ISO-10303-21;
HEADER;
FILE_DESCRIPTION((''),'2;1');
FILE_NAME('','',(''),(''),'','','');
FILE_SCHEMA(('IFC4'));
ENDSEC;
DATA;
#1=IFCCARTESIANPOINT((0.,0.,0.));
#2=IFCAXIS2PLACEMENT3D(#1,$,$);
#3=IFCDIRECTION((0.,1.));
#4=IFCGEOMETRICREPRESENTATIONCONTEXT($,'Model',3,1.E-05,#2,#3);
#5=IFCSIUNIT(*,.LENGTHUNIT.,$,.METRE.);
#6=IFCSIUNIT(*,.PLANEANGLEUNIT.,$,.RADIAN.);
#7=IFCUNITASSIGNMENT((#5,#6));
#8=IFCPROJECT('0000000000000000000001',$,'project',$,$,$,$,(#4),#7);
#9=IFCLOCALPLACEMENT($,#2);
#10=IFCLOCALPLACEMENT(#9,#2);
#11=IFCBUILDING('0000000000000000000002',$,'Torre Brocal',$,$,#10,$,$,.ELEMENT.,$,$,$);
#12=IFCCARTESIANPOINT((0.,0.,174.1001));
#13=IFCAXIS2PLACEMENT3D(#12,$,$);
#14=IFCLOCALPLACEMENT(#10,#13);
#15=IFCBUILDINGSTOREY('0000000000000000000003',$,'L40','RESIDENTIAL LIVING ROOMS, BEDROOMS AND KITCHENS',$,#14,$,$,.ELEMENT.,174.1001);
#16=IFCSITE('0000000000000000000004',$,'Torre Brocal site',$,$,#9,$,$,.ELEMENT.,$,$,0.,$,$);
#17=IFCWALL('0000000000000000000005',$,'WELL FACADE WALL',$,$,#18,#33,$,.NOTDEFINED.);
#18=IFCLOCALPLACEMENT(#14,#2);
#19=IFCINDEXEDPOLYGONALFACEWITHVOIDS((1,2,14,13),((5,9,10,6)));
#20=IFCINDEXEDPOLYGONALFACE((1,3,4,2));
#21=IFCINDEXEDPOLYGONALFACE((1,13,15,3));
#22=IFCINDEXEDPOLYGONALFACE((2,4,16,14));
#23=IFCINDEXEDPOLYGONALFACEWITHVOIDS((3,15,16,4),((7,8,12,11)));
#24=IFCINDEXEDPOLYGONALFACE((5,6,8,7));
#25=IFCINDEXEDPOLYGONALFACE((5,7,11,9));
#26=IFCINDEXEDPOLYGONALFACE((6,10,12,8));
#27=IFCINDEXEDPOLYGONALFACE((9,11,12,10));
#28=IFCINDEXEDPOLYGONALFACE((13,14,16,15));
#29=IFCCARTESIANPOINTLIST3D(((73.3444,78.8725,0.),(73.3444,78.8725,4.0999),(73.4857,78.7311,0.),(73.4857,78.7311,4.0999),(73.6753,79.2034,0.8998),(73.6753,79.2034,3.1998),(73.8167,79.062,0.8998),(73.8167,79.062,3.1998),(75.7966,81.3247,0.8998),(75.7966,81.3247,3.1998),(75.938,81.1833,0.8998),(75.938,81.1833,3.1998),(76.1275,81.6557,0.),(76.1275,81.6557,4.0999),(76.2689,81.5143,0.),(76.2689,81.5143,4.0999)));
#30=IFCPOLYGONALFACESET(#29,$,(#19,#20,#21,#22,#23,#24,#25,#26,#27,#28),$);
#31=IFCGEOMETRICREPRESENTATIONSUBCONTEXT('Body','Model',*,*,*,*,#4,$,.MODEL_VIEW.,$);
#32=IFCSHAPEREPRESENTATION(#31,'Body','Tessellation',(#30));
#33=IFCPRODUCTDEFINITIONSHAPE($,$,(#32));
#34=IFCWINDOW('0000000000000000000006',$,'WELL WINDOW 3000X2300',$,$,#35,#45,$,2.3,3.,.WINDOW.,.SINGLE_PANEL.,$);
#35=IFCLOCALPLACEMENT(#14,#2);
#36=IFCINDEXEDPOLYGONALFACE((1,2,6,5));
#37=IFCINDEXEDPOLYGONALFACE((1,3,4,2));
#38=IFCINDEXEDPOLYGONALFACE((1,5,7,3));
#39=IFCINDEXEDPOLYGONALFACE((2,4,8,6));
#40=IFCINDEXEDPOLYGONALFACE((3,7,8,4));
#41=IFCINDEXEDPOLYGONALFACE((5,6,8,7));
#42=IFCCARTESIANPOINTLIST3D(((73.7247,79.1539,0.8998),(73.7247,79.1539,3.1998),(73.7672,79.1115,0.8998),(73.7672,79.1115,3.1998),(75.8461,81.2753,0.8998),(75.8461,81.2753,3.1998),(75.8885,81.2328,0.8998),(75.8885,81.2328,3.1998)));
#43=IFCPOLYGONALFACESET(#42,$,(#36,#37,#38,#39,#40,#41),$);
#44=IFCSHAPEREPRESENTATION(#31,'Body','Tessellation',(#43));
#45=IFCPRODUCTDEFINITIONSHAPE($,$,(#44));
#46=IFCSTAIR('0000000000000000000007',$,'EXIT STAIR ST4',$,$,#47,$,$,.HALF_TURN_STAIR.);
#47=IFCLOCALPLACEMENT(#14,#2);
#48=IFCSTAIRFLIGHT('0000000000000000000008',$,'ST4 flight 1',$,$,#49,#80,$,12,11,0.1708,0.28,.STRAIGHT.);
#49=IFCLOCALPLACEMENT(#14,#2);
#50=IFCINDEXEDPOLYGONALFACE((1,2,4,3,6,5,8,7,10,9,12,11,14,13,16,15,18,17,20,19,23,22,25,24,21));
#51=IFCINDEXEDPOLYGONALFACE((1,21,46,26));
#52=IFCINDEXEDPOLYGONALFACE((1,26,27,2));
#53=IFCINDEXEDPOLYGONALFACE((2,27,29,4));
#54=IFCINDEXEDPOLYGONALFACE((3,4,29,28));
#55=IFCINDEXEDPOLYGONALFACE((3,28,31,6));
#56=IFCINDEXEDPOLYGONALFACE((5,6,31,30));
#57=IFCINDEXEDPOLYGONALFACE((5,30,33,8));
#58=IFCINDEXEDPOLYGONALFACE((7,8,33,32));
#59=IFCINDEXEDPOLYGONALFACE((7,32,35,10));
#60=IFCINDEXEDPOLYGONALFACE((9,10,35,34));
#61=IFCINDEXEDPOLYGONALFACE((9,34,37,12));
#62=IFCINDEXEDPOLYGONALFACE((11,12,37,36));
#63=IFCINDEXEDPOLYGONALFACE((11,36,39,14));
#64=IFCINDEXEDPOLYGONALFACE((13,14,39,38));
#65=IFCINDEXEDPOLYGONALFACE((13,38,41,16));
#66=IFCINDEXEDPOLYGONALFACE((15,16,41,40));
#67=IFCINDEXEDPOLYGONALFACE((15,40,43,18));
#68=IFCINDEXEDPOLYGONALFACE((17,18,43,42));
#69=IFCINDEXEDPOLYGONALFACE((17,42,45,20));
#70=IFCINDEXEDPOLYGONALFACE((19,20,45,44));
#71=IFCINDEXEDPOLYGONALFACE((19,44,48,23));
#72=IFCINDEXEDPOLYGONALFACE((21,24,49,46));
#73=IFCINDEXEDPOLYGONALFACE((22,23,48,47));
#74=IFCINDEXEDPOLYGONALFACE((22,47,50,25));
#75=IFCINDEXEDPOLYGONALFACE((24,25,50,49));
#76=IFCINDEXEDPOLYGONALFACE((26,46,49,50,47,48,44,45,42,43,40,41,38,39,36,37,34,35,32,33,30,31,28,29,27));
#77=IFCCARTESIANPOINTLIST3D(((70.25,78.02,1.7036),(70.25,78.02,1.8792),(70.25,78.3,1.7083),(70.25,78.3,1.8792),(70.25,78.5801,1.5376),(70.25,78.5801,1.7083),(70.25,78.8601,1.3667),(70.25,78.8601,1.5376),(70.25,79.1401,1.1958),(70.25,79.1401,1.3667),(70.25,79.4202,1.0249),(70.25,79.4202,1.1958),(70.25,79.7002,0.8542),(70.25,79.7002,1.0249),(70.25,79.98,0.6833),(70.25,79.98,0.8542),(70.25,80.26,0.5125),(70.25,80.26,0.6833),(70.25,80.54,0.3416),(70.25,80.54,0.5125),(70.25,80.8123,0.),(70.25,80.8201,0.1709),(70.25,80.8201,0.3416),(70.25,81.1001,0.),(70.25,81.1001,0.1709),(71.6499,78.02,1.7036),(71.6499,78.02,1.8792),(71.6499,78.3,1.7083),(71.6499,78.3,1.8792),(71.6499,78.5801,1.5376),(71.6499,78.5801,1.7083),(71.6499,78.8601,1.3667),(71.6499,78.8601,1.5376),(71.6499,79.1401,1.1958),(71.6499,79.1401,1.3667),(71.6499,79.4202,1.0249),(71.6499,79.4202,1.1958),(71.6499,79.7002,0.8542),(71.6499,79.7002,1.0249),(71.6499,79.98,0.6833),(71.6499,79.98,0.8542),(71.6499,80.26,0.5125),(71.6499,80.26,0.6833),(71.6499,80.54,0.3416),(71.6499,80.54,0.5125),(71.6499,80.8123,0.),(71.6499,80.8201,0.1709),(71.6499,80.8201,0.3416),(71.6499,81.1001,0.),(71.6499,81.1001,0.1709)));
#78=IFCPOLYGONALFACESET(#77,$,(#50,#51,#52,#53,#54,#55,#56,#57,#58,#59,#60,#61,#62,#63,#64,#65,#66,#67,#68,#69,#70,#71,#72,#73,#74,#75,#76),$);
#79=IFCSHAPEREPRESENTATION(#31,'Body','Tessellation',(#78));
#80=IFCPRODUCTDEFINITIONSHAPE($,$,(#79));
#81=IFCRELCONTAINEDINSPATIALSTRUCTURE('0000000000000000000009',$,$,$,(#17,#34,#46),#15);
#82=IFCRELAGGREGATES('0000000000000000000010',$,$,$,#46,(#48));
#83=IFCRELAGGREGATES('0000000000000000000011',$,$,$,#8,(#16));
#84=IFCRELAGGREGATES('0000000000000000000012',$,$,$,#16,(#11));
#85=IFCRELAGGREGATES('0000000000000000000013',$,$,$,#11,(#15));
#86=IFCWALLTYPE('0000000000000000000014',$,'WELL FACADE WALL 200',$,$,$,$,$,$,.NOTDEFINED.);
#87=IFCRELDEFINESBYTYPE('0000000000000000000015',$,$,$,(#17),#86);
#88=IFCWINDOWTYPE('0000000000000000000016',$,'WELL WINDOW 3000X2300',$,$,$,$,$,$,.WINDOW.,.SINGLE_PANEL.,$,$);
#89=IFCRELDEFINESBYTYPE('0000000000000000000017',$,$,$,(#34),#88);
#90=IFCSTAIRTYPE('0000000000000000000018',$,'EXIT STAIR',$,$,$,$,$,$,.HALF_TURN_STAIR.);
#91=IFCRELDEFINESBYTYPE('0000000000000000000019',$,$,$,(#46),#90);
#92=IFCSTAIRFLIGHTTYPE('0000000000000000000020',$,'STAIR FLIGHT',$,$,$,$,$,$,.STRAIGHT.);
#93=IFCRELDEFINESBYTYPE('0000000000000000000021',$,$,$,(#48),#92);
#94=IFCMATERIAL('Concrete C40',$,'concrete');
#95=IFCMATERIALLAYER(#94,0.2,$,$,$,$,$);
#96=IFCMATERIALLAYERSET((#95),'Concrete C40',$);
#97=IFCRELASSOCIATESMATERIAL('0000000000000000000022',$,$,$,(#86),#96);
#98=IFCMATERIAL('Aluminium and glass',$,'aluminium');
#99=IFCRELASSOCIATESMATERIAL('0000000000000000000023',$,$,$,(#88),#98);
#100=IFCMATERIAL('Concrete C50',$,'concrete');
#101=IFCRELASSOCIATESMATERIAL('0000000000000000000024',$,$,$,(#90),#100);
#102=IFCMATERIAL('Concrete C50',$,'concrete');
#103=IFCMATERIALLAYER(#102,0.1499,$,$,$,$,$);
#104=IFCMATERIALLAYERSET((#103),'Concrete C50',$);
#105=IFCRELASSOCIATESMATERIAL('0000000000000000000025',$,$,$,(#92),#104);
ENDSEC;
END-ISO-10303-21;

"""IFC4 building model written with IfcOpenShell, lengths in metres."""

from ifc_helpers import new_model, si_unit, direction, frame, frame_2d, origin, place, context, subcontext, project, spatial, polyline, rectangle, outline, extrude, material, layer, layer_set, type_object, element, fill, aggregate, save


model = new_model("IFC4")

# Units and contexts
model_context = context("Model", 3, precision=1e-05, world=origin(), true_north=direction((0.0, 1.0)))
body_context = subcontext(model_context, "Body", "Model", "MODEL_VIEW")
ifc_project = project(units=[si_unit("LENGTHUNIT", "METRE"), si_unit("PLANEANGLEUNIT", "RADIAN")], contexts=[model_context])

# Site, building, storey
site_placement = place(None, origin())
site = spatial("IfcSite", under=ifc_project, at=site_placement, Name="Torre Brocal site", CompositionType="ELEMENT", RefElevation=0.0)
building_placement = place(site_placement, origin())
building = spatial("IfcBuilding", under=site, at=building_placement, Name="Torre Brocal", CompositionType="ELEMENT")
storey_placement = place(building_placement, frame((0.0, 0.0, 174.1001)))
storey = spatial("IfcBuildingStorey", under=building, at=storey_placement, Name="L40", Description="RESIDENTIAL LIVING ROOMS, BEDROOMS AND KITCHENS", CompositionType="ELEMENT", Elevation=174.1001)

# Wall, opening, window
ifc_material_1 = material(Name="Concrete C40", Category="concrete")
ifc_layer_1 = layer(ifc_material_1, 0.2)
ifc_layer_set_1 = layer_set([ifc_layer_1], Name="Concrete C40")
wall_type_1 = type_object("IfcWallType", Name="WELL FACADE WALL 200", PredefinedType="NOTDEFINED", material=ifc_layer_set_1)
wall_1_placement = place(storey_placement, frame((76.1982, 81.585, 0.0), z_axis=(0.0, 0.0, 1.0), x_axis=(-0.707107, -0.707107, 0.0)))
wall_1 = element("IfcWall", 1, at=wall_1_placement, inside=storey, type_object=wall_type_1, Name="WELL FACADE WALL", PredefinedType="NOTDEFINED", context=body_context, shape_type="SweptSolid", body=[
    extrude(rectangle(XDim=3.936, YDim=0.2, at=frame_2d((1.968, 0.0))), origin(), (0.0, 0.0, 1.0), 4.0999),
])
opening_1_placement = place(wall_1_placement, frame((0.468, 0.0, 0.8999)))
opening_1 = element("IfcOpeningElement", 2, at=opening_1_placement, cuts=wall_1, PredefinedType="OPENING", context=body_context, shape_type="SweptSolid", body=[
    extrude(rectangle(XDim=3.0, YDim=2.3, at=frame_2d((1.5, 1.1499))), frame((0.0, 0.1099, 0.0), z_axis=(0.0, -1.0, 0.0), x_axis=(1.0, 0.0, 0.0)), (0.0, 0.0, 1.0), 0.22),
])
ifc_material_2 = material(Name="Aluminium and glass", Category="aluminium")
window_type = type_object("IfcWindowType", Name="WELL WINDOW 3000X2300", PartitioningType="SINGLE_PANEL", PredefinedType="WINDOW", material=ifc_material_2)
window_placement = place(opening_1_placement, origin())
window = element("IfcWindow", 3, at=window_placement, inside=storey, type_object=window_type, Name="WELL WINDOW 3000X2300", OverallHeight=2.3, OverallWidth=3.0, PartitioningType="SINGLE_PANEL", PredefinedType="WINDOW", context=body_context, shape_type="SweptSolid", body=[
    extrude(rectangle(XDim=3.0, YDim=2.3, at=frame_2d((1.5, 1.1499))), frame((0.0, 0.03, 0.0), z_axis=(0.0, -1.0, 0.0), x_axis=(1.0, 0.0, 0.0)), (0.0, 0.0, 1.0), 0.0601),
])
fill(opening_1, window)

# Stair, stair flight
ifc_material_3 = material(Name="Concrete C50", Category="concrete")
stair_type = type_object("IfcStairType", Name="EXIT STAIR", PredefinedType="HALF_TURN_STAIR", material=ifc_material_3)
stair_placement = place(storey_placement, origin())
stair = element("IfcStair", 4, at=stair_placement, inside=storey, type_object=stair_type, Name="EXIT STAIR ST4", PredefinedType="HALF_TURN_STAIR")
ifc_material_4 = material(Name="Concrete C50", Category="concrete")
ifc_layer_2 = layer(ifc_material_4, 0.1499)
ifc_layer_set_2 = layer_set([ifc_layer_2], Name="Concrete C50")
stair_flight_type = type_object("IfcStairFlightType", Name="STAIR FLIGHT", PredefinedType="STRAIGHT", material=ifc_layer_set_2)
stair_flight_placement = place(storey_placement, frame((70.95, 81.1001, 0.0), z_axis=(0.0, 0.0, 1.0), x_axis=(0.0, -1.0, 0.0)))
stair_flight = element("IfcStairFlight", 5, at=stair_flight_placement, type_object=stair_flight_type, Name="ST4 flight 1", NumberOfRisers=12, NumberOfTreads=11, PredefinedType="STRAIGHT", RiserHeight=0.1708, TreadLength=0.28, context=body_context, shape_type="SweptSolid", body=[
    extrude(outline(polyline([(0.0, 0.0), (0.0, 0.1709), (0.28, 0.1709), (0.28, 0.3416), (0.5601, 0.3416), (0.5601, 0.5125), (0.8401, 0.5125), (0.8401, 0.6833), (1.1201, 0.6833), (1.1201, 0.8542), (1.3999, 0.8542), (1.3999, 1.0249), (1.6799, 1.0249), (1.6799, 1.1958), (1.96, 1.1958), (1.96, 1.3667), (2.24, 1.3667), (2.24, 1.5376), (2.52, 1.5376), (2.52, 1.7083), (2.8, 1.7083), (2.8, 1.8792), (3.0801, 1.8792), (3.0801, 2.05), (3.0801, 1.7036), (0.2878, 0.0), (0.0, 0.0)])), frame((0.0, 0.7, 0.0), z_axis=(0.0, -1.0, 0.0), x_axis=(1.0, 0.0, 0.0)), (0.0, 0.0, 1.0), 1.3999),
])
aggregate(stair, [stair_flight])

save(model, "model.ifc")
